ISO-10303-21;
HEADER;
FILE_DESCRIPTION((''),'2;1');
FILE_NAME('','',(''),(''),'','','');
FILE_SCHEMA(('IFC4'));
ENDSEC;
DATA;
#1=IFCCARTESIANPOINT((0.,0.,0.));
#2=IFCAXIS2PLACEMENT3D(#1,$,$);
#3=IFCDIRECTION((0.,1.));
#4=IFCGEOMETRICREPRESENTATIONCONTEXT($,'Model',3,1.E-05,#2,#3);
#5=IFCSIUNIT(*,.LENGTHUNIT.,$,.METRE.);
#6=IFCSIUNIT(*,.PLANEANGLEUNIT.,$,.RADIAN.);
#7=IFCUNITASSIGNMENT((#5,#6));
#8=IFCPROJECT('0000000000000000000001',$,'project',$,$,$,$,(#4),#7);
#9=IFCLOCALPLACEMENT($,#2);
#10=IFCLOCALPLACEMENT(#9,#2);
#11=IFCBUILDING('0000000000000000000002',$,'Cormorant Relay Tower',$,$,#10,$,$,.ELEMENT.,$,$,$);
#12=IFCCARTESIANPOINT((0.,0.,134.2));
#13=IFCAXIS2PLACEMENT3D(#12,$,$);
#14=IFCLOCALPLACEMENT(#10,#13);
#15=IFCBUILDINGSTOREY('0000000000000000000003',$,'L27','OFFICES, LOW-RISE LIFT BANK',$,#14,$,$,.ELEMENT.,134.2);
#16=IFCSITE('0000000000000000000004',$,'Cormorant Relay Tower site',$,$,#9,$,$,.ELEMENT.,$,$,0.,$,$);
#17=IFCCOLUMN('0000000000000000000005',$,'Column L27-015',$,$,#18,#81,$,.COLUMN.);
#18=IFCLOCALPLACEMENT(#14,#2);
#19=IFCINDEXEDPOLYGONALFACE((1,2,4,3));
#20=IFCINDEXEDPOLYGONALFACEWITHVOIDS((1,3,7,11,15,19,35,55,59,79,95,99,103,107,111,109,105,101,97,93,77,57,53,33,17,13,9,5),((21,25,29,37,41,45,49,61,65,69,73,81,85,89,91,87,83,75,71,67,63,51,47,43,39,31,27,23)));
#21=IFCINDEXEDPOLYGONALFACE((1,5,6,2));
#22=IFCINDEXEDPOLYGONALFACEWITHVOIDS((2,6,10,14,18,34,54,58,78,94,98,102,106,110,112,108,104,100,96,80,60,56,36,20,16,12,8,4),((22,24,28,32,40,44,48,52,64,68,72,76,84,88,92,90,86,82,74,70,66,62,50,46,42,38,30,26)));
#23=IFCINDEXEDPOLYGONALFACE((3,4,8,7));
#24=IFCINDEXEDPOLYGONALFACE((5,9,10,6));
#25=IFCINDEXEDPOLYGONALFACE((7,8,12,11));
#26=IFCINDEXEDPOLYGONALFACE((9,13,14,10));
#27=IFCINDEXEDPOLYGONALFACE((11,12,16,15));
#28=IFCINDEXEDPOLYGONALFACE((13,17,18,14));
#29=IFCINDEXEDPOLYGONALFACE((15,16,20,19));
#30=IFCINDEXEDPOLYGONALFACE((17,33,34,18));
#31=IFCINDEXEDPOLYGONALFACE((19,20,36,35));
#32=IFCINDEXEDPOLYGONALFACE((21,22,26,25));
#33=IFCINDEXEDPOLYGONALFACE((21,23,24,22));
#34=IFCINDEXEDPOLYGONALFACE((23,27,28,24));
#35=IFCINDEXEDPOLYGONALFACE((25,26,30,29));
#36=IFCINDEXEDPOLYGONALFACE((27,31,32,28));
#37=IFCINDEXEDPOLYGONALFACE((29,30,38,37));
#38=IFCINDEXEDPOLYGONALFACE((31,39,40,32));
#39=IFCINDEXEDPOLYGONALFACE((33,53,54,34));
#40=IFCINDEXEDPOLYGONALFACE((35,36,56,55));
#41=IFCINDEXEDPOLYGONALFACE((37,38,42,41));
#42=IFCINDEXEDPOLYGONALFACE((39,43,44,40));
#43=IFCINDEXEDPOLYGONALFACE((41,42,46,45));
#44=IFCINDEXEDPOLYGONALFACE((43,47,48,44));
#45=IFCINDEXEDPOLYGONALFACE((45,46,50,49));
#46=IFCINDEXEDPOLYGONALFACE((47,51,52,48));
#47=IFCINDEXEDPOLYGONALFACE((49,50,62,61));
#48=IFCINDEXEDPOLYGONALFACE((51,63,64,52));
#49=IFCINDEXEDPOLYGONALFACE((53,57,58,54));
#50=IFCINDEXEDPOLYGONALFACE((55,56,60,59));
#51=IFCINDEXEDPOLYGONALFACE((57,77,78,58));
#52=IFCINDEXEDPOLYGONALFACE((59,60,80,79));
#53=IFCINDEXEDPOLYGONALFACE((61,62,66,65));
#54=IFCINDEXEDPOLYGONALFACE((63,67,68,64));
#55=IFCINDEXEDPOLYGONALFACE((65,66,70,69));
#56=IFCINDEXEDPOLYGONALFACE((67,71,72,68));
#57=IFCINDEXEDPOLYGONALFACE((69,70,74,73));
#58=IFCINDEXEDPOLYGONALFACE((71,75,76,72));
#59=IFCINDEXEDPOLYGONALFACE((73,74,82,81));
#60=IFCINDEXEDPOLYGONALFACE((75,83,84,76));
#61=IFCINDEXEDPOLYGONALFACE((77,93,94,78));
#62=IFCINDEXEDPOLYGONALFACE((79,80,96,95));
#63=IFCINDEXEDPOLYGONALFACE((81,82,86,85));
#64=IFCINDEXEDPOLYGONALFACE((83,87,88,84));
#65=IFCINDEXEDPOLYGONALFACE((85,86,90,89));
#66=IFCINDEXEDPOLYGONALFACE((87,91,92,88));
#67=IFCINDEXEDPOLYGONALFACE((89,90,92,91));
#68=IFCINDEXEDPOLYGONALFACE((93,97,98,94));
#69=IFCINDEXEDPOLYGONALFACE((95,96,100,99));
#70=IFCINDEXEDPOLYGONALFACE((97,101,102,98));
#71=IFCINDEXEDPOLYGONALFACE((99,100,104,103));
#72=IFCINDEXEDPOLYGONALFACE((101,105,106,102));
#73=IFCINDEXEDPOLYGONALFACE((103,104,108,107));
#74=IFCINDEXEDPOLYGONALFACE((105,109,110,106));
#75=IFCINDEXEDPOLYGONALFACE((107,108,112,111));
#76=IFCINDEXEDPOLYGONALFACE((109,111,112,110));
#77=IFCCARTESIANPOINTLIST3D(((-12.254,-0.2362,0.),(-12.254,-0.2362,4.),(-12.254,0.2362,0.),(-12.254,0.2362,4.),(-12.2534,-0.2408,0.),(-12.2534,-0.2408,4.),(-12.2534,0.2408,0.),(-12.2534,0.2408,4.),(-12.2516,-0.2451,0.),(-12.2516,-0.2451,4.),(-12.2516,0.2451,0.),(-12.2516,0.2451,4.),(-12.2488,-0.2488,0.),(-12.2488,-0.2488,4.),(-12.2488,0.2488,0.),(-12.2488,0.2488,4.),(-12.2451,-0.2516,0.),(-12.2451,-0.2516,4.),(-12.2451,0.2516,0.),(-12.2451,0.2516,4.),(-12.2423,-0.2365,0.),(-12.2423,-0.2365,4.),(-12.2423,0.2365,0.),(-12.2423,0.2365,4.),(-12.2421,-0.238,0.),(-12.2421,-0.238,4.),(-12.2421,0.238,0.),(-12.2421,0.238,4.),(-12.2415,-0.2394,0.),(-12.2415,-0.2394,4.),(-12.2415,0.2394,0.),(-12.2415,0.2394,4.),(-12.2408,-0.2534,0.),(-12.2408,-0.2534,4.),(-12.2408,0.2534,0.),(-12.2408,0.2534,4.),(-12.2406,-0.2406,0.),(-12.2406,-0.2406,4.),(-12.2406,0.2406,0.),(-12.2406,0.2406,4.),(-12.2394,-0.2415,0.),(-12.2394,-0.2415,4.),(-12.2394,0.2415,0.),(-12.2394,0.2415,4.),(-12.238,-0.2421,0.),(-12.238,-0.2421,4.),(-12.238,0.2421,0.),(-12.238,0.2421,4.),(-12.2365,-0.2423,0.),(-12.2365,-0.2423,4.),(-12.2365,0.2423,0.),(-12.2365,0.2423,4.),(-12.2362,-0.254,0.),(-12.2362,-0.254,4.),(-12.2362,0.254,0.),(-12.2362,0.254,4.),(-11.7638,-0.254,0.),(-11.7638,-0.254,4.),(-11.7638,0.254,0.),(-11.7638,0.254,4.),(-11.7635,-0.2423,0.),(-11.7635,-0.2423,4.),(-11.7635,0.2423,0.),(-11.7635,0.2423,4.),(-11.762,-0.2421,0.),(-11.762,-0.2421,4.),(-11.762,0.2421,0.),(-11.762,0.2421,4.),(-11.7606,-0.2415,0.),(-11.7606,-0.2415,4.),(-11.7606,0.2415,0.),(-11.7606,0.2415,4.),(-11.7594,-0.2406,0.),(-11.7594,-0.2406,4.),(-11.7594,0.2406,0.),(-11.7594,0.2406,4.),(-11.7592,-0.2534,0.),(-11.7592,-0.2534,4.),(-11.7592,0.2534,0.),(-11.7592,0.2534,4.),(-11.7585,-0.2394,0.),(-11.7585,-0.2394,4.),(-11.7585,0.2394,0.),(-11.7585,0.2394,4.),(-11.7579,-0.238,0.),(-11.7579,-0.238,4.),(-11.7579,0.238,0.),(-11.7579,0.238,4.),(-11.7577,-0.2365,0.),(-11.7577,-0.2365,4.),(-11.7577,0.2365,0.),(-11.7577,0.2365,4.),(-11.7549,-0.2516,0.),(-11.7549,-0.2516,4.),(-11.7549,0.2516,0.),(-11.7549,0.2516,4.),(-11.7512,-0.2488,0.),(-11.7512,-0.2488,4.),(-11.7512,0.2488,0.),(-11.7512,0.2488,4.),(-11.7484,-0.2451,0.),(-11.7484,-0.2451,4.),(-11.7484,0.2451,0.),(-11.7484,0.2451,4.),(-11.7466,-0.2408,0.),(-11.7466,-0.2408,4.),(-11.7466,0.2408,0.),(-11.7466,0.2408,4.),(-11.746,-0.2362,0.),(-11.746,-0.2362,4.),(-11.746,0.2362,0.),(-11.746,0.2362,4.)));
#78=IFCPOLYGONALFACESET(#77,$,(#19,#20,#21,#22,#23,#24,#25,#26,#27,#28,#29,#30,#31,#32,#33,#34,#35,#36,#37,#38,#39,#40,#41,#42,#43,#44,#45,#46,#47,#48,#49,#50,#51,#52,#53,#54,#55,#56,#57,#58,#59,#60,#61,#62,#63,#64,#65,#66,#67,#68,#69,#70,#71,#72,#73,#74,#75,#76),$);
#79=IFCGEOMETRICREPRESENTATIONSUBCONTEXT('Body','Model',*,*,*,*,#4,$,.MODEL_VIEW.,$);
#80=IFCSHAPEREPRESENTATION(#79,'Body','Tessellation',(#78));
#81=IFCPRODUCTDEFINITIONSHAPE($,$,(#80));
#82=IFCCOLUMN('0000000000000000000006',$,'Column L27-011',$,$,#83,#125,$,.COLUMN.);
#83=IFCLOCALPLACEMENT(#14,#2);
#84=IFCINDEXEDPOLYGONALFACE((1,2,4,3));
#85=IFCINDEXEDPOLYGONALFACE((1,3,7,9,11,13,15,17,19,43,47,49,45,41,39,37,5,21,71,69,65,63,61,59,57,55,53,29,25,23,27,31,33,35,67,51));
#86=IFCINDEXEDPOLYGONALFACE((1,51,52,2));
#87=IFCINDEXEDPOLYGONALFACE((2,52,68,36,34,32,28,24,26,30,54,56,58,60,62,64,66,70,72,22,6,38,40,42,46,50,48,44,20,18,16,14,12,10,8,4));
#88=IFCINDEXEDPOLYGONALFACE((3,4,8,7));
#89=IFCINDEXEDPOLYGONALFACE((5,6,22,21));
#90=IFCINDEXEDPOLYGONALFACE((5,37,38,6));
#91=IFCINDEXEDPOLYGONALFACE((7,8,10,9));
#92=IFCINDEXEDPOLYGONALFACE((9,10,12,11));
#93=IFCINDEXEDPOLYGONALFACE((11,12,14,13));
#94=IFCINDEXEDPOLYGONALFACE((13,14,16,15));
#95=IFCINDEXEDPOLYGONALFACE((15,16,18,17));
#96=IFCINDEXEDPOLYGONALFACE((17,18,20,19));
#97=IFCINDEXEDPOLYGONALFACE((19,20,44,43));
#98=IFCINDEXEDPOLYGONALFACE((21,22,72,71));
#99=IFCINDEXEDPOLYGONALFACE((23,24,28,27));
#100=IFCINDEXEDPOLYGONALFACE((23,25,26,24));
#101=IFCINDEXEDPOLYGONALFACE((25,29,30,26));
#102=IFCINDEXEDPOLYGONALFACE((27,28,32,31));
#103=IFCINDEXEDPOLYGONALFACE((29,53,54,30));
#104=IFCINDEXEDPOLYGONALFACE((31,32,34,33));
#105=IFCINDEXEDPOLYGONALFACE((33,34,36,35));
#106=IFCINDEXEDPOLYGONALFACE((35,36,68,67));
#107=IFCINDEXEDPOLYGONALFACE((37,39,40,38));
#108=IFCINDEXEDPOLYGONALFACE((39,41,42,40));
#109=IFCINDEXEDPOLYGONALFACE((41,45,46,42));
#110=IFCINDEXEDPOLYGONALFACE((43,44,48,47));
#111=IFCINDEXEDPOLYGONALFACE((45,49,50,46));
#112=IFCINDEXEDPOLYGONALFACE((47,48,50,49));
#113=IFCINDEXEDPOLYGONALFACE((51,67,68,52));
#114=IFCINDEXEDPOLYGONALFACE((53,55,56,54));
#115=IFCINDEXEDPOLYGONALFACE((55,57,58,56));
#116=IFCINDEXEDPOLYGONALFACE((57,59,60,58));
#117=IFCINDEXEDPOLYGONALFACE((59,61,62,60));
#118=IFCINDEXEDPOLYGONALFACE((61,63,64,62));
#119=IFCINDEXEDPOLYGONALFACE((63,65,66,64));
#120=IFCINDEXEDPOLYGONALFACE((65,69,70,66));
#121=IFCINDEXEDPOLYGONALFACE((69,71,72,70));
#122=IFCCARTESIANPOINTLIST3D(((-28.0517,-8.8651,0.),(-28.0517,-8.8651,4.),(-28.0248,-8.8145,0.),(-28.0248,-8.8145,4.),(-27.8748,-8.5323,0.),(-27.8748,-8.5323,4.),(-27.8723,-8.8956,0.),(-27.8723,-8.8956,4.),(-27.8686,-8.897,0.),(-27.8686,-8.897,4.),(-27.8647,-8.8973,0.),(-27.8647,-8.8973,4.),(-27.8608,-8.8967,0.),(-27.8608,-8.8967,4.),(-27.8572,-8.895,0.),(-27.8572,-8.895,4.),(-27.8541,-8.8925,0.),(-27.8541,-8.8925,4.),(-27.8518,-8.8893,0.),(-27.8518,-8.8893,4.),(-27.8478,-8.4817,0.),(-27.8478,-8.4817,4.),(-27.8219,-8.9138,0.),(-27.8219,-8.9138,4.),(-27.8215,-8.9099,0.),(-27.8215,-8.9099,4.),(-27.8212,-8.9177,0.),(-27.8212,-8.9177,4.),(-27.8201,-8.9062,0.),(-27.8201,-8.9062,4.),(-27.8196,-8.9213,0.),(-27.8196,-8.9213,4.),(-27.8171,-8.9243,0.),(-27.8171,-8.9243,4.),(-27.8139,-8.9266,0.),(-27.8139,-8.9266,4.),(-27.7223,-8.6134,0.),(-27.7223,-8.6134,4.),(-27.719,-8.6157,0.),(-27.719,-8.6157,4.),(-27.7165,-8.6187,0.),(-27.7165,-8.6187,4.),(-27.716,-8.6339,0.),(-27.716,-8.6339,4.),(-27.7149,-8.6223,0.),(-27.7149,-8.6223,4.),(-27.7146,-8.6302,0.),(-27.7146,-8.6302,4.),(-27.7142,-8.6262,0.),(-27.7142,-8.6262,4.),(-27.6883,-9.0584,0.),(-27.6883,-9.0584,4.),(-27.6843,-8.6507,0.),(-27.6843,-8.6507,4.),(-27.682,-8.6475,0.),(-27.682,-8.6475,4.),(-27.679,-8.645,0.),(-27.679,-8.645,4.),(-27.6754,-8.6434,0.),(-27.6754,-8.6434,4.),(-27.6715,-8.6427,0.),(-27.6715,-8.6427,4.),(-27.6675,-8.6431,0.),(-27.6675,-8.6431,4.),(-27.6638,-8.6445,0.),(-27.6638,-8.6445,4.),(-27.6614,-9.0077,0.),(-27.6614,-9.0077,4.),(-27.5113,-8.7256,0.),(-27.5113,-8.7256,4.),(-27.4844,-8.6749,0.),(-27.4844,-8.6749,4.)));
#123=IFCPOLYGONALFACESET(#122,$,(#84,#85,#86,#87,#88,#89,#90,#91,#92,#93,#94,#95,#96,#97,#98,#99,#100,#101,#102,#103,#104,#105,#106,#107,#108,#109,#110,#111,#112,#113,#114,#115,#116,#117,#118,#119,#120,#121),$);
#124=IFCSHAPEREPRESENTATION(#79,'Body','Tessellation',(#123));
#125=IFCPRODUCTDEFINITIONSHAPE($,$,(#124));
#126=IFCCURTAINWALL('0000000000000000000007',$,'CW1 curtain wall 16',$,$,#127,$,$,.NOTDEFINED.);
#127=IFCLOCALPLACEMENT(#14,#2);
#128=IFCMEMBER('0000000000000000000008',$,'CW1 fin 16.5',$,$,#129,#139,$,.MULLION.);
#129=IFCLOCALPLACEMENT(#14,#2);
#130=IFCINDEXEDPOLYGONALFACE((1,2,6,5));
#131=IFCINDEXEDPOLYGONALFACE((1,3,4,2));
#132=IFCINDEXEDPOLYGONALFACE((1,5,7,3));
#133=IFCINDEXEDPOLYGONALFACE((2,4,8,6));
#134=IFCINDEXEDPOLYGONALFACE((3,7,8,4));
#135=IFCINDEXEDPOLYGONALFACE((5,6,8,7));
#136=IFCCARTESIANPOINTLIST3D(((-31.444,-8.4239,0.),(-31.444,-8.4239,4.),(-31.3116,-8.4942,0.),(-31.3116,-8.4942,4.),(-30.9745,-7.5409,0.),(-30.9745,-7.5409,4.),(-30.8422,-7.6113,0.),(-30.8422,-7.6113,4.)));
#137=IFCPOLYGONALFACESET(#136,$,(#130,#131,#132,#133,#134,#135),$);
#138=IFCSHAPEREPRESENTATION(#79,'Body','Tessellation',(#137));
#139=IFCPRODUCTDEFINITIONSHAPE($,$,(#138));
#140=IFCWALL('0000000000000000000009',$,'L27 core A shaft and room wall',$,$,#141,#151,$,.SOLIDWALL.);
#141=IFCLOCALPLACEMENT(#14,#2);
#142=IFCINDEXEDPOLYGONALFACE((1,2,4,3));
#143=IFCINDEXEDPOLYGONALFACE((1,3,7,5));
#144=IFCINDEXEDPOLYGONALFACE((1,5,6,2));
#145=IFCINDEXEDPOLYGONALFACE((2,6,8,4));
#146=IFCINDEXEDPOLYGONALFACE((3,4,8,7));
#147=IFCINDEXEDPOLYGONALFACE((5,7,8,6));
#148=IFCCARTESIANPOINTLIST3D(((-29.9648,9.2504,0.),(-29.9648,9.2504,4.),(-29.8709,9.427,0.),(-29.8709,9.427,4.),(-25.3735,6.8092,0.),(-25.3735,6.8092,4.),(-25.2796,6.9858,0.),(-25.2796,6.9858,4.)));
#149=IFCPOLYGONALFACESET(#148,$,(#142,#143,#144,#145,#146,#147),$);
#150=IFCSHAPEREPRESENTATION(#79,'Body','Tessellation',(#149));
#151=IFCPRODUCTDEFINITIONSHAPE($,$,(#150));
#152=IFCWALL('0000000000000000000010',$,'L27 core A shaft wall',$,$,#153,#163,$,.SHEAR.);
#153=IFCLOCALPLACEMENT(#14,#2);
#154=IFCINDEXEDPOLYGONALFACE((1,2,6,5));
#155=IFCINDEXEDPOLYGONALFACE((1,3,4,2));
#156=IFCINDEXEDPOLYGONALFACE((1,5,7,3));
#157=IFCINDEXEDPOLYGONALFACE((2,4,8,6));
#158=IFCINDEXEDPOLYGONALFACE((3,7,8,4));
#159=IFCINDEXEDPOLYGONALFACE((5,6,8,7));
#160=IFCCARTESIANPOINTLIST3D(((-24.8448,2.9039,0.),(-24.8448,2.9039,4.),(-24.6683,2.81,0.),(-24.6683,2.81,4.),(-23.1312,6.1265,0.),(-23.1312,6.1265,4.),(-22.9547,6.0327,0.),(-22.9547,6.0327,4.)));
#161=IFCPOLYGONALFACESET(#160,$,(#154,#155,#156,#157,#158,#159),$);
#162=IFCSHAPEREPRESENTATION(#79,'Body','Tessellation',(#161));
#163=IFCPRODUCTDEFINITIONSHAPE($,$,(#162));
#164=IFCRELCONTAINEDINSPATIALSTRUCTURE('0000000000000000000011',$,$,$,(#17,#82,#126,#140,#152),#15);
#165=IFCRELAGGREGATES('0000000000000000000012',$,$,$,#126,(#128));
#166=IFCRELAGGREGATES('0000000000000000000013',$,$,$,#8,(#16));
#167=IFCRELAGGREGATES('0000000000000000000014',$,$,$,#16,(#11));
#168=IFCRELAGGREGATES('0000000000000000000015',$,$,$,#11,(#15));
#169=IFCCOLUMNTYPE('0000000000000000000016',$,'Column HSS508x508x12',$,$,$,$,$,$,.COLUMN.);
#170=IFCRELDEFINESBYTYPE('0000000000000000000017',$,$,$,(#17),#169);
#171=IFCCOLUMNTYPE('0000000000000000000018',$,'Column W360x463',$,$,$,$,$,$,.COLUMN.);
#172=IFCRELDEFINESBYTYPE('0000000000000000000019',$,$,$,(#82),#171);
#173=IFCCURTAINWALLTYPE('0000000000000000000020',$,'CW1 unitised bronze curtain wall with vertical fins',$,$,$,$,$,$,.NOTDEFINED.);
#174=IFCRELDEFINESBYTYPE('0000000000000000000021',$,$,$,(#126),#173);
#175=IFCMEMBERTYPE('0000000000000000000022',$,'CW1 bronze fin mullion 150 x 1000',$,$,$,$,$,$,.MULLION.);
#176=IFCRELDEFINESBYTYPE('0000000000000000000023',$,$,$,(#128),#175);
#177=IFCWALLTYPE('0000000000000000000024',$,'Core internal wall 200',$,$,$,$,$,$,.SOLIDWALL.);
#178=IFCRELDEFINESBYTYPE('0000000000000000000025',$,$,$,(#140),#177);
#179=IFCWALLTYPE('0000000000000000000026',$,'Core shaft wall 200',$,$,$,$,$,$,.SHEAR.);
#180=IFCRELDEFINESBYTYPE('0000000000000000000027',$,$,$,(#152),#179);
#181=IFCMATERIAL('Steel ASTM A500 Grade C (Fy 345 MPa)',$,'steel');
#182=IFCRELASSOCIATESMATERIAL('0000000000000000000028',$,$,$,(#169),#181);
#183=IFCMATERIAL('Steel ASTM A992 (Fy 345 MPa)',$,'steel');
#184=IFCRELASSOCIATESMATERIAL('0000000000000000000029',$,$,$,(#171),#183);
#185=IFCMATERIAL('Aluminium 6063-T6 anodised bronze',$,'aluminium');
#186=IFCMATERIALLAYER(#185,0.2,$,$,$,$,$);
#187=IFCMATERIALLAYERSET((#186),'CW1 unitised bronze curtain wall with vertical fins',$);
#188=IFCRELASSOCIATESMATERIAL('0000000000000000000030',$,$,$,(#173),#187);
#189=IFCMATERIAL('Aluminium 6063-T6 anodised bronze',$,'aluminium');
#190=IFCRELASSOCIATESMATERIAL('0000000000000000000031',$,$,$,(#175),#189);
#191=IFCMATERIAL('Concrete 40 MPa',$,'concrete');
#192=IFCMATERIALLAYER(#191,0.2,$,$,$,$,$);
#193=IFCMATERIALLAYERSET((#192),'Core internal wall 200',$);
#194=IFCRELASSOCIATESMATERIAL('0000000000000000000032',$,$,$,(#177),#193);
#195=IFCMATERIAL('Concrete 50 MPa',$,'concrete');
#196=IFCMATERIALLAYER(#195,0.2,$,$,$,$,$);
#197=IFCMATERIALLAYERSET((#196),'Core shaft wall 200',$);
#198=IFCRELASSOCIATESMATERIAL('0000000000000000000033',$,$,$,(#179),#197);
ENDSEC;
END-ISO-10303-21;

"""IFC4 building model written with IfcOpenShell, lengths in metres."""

from ifc_helpers import new_model, si_unit, direction, frame, frame_2d, origin, origin_2d, place, context, subcontext, project, spatial, rectangle, hollow_rectangle, i_section, extrude, material, layer, layer_set, material_profile, profile_set, type_object, element, aggregate, save


model = new_model("IFC4")

# Units and contexts
model_context = context("Model", 3, precision=1e-05, world=origin(), true_north=direction((0.0, 1.0)))
body_context = subcontext(model_context, "Body", "Model", "MODEL_VIEW")
ifc_project = project(units=[si_unit("LENGTHUNIT", "METRE"), si_unit("PLANEANGLEUNIT", "RADIAN")], contexts=[model_context])

# Site, building, storey
site_placement = place(None, origin())
site = spatial("IfcSite", under=ifc_project, at=site_placement, Name="Cormorant Relay Tower site", CompositionType="ELEMENT", RefElevation=0.0)
building_placement = place(site_placement, origin())
building = spatial("IfcBuilding", under=site, at=building_placement, Name="Cormorant Relay Tower", CompositionType="ELEMENT")
storey_placement = place(building_placement, frame((0.0, 0.0, 134.2)))
storey = spatial("IfcBuildingStorey", under=building, at=storey_placement, Name="L27", Description="OFFICES, LOW-RISE LIFT BANK", CompositionType="ELEMENT", Elevation=134.2)

# Columns
ifc_material_1 = material(Name="Steel ASTM A500 Grade C (Fy 345 MPa)", Category="steel")
ifc_material_profile_1 = material_profile(ifc_material_1, hollow_rectangle(XDim=0.5081, YDim=0.5081, WallThickness=0.0117, InnerFilletRadius=0.0059, OuterFilletRadius=0.0178, at=origin_2d()), Name="HSS508x508x12")
ifc_profile_set_1 = profile_set([ifc_material_profile_1], Name="Steel ASTM A500 Grade C (Fy 345 MPa)")
column_type_1 = type_object("IfcColumnType", Name="Column HSS508x508x12", PredefinedType="COLUMN", material=ifc_profile_set_1)
column_1_placement = place(storey_placement, frame((-12.0, 0.0, 0.0), z_axis=(0.0, 0.0, 1.0), x_axis=(1.0, 0.0, 0.0)))
element("IfcColumn", 1, at=column_1_placement, inside=storey, type_object=column_type_1, Name="Column L27-015", PredefinedType="COLUMN", context=body_context, shape_type="SweptSolid", body=[
    extrude(hollow_rectangle(XDim=0.5081, YDim=0.5081, WallThickness=0.0117, InnerFilletRadius=0.0059, OuterFilletRadius=0.0178, at=origin_2d()), origin(), (0.0, 0.0, 1.0), 4.0),
])
ifc_material_2 = material(Name="Steel ASTM A992 (Fy 345 MPa)", Category="steel")
ifc_material_profile_2 = material_profile(ifc_material_2, i_section(OverallWidth=0.4116, OverallDepth=0.4343, WebThickness=0.0359, FlangeThickness=0.0574, FilletRadius=0.0151, at=origin_2d()), Name="W360x463")
ifc_profile_set_2 = profile_set([ifc_material_profile_2], Name="Steel ASTM A992 (Fy 345 MPa)")
column_type_2 = type_object("IfcColumnType", Name="Column W360x463", PredefinedType="COLUMN", material=ifc_profile_set_2)
column_2_placement = place(storey_placement, frame((-27.7681, -8.77, 0.0), z_axis=(0.0, 0.0, 1.0), x_axis=(0.882948, -0.469472, 0.0)))
element("IfcColumn", 2, at=column_2_placement, inside=storey, type_object=column_type_2, Name="Column L27-011", PredefinedType="COLUMN", context=body_context, shape_type="SweptSolid", body=[
    extrude(i_section(OverallWidth=0.4116, OverallDepth=0.4343, WebThickness=0.0359, FlangeThickness=0.0574, FilletRadius=0.0151, at=origin_2d()), origin(), (0.0, 0.0, 1.0), 4.0),
])

# Curtain wall, member
ifc_material_3 = material(Name="Aluminium 6063-T6 anodised bronze", Category="aluminium")
ifc_layer_1 = layer(ifc_material_3, 0.2)
ifc_layer_set_1 = layer_set([ifc_layer_1], Name="CW1 unitised bronze curtain wall with vertical fins")
curtain_wall_type = type_object("IfcCurtainWallType", Name="CW1 unitised bronze curtain wall with vertical fins", PredefinedType="NOTDEFINED", material=ifc_layer_set_1)
curtain_wall_placement = place(storey_placement, origin())
curtain_wall = element("IfcCurtainWall", 3, at=curtain_wall_placement, inside=storey, type_object=curtain_wall_type, Name="CW1 curtain wall 16", PredefinedType="NOTDEFINED")
ifc_material_4 = material(Name="Aluminium 6063-T6 anodised bronze", Category="aluminium")
ifc_material_profile_3 = material_profile(ifc_material_4, rectangle(XDim=0.1499, YDim=1.0, at=origin_2d()), Name="AL 150x1000")
ifc_profile_set_3 = profile_set([ifc_material_profile_3], Name="Aluminium 6063-T6 anodised bronze")
member_type = type_object("IfcMemberType", Name="CW1 bronze fin mullion 150 x 1000", PredefinedType="MULLION", material=ifc_profile_set_3)
member_placement = place(storey_placement, frame((-31.1431, -8.0176, 0.0), z_axis=(0.0, 0.0, 1.0), x_axis=(0.882948, -0.469472, 0.0)))
member = element("IfcMember", 4, at=member_placement, type_object=member_type, Name="CW1 fin 16.5", PredefinedType="MULLION", context=body_context, shape_type="SweptSolid", body=[
    extrude(rectangle(XDim=0.1499, YDim=1.0, at=origin_2d()), origin(), (0.0, 0.0, 1.0), 4.0),
])

# Walls
ifc_material_5 = material(Name="Concrete 40 MPa", Category="concrete")
ifc_layer_2 = layer(ifc_material_5, 0.2)
ifc_layer_set_2 = layer_set([ifc_layer_2], Name="Core internal wall 200")
wall_type_1 = type_object("IfcWallType", Name="Core internal wall 200", PredefinedType="SOLIDWALL", material=ifc_layer_set_2)
wall_1_placement = place(storey_placement, frame((-25.3264, 6.8975, 0.0), z_axis=(0.0, 0.0, 1.0), x_axis=(-0.882954, 0.46946, 0.0)))
element("IfcWall", 5, at=wall_1_placement, inside=storey, type_object=wall_type_1, Name="L27 core A shaft and room wall", PredefinedType="SOLIDWALL", context=body_context, shape_type="SweptSolid", body=[
    extrude(rectangle(XDim=5.2, YDim=0.2, at=frame_2d((2.6001, 0.0))), origin(), (0.0, 0.0, 1.0), 4.0),
])
ifc_material_6 = material(Name="Concrete 50 MPa", Category="concrete")
ifc_layer_3 = layer(ifc_material_6, 0.2)
ifc_layer_set_3 = layer_set([ifc_layer_3], Name="Core shaft wall 200")
wall_type_2 = type_object("IfcWallType", Name="Core shaft wall 200", PredefinedType="SHEAR", material=ifc_layer_set_3)
wall_2_placement = place(storey_placement, frame((-23.043, 6.0796, 0.0), z_axis=(0.0, 0.0, 1.0), x_axis=(-0.469494, -0.882936, 0.0)))
element("IfcWall", 6, at=wall_2_placement, inside=storey, type_object=wall_type_2, Name="L27 core A shaft wall", PredefinedType="SHEAR", context=body_context, shape_type="SweptSolid", body=[
    extrude(rectangle(XDim=3.6499, YDim=0.2, at=frame_2d((1.825, 0.0))), origin(), (0.0, 0.0, 1.0), 4.0),
])

aggregate(curtain_wall, [member])

save(model, "model.ifc")
